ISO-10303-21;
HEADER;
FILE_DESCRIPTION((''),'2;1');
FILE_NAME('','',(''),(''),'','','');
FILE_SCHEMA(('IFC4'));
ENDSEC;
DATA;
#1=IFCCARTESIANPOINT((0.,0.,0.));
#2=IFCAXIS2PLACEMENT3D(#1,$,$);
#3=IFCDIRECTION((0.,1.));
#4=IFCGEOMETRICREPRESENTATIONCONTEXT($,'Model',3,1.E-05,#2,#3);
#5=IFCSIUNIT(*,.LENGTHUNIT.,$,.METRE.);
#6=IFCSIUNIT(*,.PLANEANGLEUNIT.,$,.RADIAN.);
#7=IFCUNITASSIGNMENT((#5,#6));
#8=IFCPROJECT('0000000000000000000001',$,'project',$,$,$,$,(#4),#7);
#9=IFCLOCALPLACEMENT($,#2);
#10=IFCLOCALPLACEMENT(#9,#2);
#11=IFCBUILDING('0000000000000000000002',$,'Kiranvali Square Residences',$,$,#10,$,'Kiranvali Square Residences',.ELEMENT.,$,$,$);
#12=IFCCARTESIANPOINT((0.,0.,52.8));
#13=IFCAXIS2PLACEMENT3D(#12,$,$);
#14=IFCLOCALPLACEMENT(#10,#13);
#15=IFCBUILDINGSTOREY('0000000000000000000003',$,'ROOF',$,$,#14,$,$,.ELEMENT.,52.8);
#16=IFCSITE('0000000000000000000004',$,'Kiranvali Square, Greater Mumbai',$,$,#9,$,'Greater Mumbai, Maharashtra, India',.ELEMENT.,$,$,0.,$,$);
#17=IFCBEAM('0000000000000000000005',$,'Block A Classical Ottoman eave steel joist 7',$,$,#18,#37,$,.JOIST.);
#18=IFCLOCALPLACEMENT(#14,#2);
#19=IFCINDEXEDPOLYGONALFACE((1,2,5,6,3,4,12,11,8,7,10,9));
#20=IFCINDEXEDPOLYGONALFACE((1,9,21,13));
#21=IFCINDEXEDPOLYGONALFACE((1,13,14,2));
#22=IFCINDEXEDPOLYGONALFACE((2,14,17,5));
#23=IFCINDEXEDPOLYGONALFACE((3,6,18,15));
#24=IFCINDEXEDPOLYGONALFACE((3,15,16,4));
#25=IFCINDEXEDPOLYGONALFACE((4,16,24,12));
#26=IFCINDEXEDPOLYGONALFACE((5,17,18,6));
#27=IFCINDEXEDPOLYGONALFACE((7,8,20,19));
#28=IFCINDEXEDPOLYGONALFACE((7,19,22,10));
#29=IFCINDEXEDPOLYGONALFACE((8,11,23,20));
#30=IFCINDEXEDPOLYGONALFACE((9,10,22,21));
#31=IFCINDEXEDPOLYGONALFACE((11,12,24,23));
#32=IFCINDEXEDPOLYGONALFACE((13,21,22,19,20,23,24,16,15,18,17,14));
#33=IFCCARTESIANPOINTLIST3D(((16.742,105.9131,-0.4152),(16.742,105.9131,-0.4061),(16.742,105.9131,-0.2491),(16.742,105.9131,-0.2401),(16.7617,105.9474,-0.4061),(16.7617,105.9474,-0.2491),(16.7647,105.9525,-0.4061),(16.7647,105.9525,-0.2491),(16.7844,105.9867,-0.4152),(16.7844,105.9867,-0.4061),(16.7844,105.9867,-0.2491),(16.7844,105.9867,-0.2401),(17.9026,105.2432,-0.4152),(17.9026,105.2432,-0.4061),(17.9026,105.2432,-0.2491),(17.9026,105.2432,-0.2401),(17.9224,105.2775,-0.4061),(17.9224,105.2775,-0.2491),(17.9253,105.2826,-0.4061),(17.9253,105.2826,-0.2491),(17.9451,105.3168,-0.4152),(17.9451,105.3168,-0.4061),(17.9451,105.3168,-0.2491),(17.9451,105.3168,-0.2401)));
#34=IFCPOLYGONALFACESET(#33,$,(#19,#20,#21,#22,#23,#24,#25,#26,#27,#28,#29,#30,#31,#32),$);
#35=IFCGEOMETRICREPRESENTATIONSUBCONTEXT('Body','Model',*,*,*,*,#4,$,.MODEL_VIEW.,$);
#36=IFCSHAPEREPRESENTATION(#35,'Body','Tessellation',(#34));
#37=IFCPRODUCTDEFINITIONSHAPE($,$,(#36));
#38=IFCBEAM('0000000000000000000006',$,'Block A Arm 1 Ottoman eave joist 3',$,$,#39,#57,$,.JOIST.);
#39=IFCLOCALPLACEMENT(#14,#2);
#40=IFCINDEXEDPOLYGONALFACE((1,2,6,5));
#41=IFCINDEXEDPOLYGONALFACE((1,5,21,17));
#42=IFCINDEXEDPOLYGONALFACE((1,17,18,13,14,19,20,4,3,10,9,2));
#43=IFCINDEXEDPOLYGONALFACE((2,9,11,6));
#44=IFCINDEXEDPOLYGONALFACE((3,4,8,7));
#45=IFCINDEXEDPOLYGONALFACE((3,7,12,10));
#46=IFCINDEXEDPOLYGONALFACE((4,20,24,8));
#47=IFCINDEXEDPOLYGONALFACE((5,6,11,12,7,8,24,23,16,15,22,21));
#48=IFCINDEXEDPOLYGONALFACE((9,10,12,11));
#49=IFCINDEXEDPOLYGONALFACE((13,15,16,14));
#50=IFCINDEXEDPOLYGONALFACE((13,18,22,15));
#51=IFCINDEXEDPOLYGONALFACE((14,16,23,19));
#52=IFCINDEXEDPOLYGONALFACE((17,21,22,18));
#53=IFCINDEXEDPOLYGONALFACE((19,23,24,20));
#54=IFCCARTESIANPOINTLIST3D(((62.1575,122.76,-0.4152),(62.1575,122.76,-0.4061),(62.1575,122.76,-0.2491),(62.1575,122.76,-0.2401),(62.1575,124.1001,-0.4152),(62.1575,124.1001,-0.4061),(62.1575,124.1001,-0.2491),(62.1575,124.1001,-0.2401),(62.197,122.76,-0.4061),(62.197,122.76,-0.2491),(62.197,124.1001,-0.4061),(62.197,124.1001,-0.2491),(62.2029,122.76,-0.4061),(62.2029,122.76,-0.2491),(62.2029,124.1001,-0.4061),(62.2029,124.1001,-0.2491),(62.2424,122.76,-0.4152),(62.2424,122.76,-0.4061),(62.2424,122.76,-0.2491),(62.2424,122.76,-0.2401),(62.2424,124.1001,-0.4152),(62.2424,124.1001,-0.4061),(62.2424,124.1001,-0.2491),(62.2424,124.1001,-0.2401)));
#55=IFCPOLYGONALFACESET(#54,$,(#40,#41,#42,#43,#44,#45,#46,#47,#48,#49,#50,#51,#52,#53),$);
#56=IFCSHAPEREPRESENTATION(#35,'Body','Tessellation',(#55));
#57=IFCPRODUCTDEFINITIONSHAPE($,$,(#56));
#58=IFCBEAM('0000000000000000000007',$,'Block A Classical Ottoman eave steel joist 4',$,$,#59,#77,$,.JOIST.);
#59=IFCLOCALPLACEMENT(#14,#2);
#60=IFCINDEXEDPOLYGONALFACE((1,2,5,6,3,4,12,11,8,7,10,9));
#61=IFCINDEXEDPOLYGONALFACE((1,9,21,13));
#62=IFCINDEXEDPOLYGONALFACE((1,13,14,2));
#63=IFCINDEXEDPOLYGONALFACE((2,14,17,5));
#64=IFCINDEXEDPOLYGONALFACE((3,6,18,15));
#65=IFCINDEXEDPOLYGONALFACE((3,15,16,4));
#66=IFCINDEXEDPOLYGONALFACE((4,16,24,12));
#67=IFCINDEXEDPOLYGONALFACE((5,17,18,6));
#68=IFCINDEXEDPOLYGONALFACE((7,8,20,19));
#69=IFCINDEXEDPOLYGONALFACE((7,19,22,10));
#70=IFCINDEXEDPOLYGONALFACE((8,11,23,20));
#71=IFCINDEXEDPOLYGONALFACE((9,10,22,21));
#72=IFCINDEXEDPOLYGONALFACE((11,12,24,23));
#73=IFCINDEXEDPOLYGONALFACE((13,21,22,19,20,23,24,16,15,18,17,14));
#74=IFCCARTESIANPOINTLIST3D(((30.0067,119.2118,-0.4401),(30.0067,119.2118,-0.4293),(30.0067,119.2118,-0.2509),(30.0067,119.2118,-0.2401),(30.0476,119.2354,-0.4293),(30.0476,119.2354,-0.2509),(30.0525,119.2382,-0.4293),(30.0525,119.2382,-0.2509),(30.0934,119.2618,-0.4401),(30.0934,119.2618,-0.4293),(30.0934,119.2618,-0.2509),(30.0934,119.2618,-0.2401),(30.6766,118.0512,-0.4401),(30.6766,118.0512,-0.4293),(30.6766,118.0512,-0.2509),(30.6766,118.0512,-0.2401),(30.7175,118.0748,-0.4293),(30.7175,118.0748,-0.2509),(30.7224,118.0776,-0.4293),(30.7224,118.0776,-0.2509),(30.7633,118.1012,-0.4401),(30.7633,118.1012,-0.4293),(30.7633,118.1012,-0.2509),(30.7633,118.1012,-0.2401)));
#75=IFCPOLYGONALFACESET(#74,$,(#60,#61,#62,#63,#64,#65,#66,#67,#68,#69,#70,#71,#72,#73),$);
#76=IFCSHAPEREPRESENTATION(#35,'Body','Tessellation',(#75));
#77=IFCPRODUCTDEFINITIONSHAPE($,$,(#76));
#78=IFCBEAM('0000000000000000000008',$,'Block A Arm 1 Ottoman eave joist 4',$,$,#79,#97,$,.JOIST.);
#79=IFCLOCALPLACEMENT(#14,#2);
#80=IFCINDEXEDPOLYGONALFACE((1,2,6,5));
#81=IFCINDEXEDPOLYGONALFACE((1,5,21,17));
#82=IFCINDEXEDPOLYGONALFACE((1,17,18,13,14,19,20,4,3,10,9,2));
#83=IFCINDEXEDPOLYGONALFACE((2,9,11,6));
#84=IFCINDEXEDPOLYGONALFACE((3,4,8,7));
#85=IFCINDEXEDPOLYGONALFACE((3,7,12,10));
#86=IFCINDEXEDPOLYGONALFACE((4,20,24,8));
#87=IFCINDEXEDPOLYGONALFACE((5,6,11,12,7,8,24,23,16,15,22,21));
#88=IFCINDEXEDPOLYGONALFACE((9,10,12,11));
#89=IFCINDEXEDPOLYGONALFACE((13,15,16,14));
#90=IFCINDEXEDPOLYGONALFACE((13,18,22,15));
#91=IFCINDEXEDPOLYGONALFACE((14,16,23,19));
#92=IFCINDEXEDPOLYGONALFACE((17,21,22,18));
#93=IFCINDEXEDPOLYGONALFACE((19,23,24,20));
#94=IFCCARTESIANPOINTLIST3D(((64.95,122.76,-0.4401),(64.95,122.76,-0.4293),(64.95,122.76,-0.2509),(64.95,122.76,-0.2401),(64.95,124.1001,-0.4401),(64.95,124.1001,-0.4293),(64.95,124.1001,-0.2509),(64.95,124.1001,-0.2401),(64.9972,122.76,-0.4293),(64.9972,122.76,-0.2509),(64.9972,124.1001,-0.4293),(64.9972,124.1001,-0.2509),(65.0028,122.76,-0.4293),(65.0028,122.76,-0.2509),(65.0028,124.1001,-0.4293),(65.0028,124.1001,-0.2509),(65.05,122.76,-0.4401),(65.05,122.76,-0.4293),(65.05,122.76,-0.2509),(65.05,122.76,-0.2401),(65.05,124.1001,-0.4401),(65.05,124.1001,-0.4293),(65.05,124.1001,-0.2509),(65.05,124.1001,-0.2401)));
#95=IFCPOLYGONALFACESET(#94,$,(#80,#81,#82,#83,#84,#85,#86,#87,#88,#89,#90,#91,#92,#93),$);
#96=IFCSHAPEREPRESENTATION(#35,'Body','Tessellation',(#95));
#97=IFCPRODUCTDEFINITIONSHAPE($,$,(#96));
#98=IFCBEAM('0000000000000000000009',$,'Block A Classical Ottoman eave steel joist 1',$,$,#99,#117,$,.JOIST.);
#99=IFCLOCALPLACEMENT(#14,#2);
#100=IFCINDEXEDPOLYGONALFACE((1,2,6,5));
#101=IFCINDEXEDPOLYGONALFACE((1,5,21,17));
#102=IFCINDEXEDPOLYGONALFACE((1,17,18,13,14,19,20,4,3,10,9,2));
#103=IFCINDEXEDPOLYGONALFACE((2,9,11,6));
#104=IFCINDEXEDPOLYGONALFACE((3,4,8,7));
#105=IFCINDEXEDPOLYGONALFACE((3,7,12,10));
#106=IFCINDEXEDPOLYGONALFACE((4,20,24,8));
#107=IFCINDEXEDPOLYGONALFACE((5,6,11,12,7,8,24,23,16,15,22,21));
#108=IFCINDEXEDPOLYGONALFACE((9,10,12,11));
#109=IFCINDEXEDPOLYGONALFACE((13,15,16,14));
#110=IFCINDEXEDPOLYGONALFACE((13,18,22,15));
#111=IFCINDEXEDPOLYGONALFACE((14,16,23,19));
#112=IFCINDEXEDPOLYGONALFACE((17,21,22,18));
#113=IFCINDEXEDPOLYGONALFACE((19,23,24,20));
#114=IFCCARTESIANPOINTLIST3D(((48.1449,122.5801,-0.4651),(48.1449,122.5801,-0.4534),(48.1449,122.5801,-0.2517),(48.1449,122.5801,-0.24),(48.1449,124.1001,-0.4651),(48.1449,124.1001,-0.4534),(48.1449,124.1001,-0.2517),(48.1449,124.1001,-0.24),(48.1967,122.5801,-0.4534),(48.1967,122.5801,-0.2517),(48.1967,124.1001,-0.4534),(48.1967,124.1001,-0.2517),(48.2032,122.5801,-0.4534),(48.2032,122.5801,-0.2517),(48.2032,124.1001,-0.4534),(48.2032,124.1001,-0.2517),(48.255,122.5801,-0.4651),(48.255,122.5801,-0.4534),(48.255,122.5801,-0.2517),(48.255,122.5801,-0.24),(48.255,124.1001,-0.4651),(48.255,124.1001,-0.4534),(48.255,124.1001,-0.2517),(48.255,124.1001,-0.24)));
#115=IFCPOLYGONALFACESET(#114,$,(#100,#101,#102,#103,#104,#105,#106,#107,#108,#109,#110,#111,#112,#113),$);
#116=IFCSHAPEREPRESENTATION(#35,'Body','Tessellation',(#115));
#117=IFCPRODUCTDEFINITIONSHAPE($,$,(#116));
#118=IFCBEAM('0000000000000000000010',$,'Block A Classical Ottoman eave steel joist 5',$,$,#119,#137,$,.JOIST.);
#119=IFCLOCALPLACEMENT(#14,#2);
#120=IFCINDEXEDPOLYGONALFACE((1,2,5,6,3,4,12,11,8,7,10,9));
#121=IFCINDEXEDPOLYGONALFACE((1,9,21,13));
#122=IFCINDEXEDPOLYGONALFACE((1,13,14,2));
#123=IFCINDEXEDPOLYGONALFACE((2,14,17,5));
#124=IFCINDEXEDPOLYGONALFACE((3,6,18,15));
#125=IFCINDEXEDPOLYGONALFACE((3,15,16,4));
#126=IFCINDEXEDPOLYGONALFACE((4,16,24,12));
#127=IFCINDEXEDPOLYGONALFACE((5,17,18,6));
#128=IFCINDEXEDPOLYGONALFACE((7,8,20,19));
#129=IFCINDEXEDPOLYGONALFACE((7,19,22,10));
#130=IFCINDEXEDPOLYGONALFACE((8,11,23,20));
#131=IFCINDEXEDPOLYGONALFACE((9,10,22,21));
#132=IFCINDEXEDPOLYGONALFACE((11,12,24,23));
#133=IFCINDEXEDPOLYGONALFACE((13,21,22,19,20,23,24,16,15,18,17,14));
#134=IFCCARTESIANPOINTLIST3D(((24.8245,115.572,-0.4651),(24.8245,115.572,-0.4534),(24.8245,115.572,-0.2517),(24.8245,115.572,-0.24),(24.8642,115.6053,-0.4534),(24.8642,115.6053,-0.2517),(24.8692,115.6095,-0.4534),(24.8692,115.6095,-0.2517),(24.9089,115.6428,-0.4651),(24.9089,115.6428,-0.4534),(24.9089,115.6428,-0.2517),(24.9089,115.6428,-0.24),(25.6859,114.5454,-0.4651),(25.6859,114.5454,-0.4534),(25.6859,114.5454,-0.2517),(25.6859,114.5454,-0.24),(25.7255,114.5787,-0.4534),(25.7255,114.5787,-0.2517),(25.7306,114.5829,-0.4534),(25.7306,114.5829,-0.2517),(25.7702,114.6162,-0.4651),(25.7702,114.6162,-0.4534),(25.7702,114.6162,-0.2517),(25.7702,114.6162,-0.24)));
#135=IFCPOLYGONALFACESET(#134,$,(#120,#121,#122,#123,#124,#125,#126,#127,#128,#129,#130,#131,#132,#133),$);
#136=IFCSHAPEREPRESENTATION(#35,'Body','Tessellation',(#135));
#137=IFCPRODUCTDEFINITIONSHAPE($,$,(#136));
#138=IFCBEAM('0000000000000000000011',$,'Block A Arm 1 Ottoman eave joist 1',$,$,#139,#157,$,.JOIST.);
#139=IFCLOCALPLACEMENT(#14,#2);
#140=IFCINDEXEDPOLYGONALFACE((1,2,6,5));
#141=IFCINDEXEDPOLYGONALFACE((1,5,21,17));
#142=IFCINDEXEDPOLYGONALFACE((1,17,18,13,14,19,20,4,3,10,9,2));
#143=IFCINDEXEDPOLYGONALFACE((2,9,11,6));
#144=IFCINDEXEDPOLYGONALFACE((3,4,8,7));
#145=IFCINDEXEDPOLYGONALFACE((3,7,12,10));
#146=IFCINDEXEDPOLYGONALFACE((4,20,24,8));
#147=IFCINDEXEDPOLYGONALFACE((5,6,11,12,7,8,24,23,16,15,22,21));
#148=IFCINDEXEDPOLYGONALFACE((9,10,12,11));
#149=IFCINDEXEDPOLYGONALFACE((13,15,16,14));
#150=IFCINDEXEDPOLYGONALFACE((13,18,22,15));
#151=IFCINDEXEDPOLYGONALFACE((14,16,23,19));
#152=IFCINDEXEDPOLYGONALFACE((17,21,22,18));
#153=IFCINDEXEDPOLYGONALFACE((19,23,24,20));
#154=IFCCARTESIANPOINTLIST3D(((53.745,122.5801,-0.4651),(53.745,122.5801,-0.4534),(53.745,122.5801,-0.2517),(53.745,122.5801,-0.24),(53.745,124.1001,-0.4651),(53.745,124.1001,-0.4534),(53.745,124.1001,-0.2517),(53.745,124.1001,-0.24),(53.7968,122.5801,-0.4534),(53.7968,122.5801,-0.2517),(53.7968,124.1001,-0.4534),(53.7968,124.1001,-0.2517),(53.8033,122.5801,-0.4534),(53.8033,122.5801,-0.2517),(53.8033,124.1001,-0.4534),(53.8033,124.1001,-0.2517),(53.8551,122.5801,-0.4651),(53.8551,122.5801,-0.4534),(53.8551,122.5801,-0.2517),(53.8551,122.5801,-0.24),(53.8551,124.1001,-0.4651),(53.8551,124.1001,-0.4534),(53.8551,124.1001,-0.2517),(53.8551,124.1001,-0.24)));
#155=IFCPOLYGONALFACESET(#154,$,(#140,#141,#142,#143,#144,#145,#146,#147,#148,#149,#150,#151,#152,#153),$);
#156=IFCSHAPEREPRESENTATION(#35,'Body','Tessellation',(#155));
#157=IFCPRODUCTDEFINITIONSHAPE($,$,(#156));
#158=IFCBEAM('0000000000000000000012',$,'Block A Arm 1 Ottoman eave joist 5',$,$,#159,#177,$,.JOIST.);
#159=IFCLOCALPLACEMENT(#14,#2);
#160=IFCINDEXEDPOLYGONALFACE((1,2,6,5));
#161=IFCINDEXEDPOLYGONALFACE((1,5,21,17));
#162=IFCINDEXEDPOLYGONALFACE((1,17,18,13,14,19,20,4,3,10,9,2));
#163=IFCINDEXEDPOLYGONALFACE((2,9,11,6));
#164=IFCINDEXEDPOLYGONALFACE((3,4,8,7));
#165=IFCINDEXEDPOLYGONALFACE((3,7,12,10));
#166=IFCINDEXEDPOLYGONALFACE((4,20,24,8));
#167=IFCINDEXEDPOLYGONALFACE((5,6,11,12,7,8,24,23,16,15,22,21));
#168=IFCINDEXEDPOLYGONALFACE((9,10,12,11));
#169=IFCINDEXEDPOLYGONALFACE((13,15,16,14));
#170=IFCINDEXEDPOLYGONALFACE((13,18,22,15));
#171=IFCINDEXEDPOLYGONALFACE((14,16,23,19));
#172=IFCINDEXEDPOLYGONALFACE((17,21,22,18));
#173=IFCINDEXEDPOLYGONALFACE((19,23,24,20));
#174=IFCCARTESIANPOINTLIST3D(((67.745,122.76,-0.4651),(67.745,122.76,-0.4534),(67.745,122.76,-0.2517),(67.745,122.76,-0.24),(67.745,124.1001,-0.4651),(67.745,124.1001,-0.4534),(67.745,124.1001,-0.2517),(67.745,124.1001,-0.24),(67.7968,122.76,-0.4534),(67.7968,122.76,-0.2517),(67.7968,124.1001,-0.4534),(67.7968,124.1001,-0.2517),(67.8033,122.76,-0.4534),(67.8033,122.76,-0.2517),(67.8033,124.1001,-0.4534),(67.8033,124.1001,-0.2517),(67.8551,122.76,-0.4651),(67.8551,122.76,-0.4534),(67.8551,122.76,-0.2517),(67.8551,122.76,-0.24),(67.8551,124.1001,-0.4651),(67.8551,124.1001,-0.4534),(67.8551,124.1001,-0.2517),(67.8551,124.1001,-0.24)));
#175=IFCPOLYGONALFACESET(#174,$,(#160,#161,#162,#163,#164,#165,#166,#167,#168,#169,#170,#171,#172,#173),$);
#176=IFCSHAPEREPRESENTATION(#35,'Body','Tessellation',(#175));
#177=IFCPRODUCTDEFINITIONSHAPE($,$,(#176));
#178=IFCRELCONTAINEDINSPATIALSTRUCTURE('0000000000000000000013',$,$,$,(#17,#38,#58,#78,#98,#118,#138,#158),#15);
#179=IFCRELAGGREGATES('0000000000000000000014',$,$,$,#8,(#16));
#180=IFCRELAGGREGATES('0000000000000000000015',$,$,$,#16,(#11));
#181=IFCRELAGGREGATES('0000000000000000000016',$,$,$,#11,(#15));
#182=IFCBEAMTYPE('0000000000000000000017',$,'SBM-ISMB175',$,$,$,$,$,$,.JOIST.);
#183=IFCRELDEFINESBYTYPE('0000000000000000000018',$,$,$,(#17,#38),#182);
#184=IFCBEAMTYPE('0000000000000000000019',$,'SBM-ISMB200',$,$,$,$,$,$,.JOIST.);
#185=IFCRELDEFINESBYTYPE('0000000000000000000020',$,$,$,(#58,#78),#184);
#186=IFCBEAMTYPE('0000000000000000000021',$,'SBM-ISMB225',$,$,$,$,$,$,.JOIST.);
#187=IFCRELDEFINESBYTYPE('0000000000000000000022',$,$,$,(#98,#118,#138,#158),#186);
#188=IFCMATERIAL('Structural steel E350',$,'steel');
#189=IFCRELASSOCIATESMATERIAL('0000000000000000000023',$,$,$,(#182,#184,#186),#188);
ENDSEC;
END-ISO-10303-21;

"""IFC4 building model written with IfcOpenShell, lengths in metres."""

from ifc_helpers import new_model, si_unit, direction, frame, origin, origin_2d, place, context, subcontext, project, spatial, i_section, extrude, material, material_profile, profile_set, type_object, element, save


model = new_model("IFC4")

# Units and contexts
model_context = context("Model", 3, precision=1e-05, world=origin(), true_north=direction((0.0, 1.0)))
body_context = subcontext(model_context, "Body", "Model", "MODEL_VIEW")
ifc_project = project(units=[si_unit("LENGTHUNIT", "METRE"), si_unit("PLANEANGLEUNIT", "RADIAN")], contexts=[model_context])

# Site, building, storey
site_placement = place(None, origin())
site = spatial("IfcSite", under=ifc_project, at=site_placement, Name="Kiranvali Square, Greater Mumbai", LongName="Greater Mumbai, Maharashtra, India", CompositionType="ELEMENT", RefElevation=0.0)
building_placement = place(site_placement, origin())
building = spatial("IfcBuilding", under=site, at=building_placement, Name="Kiranvali Square Residences", LongName="Kiranvali Square Residences", CompositionType="ELEMENT")
storey_placement = place(building_placement, frame((0.0, 0.0, 52.8)))
storey = spatial("IfcBuildingStorey", under=building, at=storey_placement, Name="ROOF", CompositionType="ELEMENT", Elevation=52.8)

# Shared definitions
ifc_material_1 = material(Name="Structural steel E350", Category="steel")

# Beams
ifc_material_profile_1 = material_profile(ifc_material_1, i_section(OverallWidth=0.085, OverallDepth=0.175, WebThickness=0.0059, FlangeThickness=0.009, at=origin_2d()), Name="ISMB 175")
ifc_profile_set_1 = profile_set([ifc_material_profile_1], Name="Structural steel E350")
beam_type_1 = type_object("IfcBeamType", Name="SBM-ISMB175", PredefinedType="JOIST", material=ifc_profile_set_1)
for number, where, z_axis, x_axis, name in (
    (1, (17.9238, 105.28, -0.3276), (-0.866082, 0.499901, 0.0), (-0.499901, -0.866082, 0.0), "Block A Classical Ottoman eave steel joist 7"),
    (2, (62.2, 122.76, -0.3276), (0.0, 1.0, 0.0), (-1.0, 0.0, 0.0), "Block A Arm 1 Ottoman eave joist 3"),
):
    element("IfcBeam", number, at=place(storey_placement, frame(where, z_axis=z_axis, x_axis=x_axis)), inside=storey, type_object=beam_type_1, Name=name, PredefinedType="JOIST", context=body_context, shape_type="SweptSolid", body=[
        extrude(i_section(OverallWidth=0.085, OverallDepth=0.175, WebThickness=0.0059, FlangeThickness=0.009, at=origin_2d()), origin(), (0.0, 0.0, 1.0), 1.3401),
    ])
ifc_material_profile_2 = material_profile(ifc_material_1, i_section(OverallWidth=0.1001, OverallDepth=0.2, WebThickness=0.0056, FlangeThickness=0.0107, at=origin_2d()), Name="ISMB 200")
ifc_profile_set_2 = profile_set([ifc_material_profile_2], Name="Structural steel E350")
beam_type_2 = type_object("IfcBeamType", Name="SBM-ISMB200", PredefinedType="JOIST", material=ifc_profile_set_2)
for number, where, z_axis, x_axis, name in (
    (3, (30.72, 118.0762, -0.3401), (-0.499901, 0.866082, 0.0), (-0.866082, -0.499901, 0.0), "Block A Classical Ottoman eave steel joist 4"),
    (4, (65.0, 122.76, -0.3401), (0.0, 1.0, 0.0), (-1.0, 0.0, 0.0), "Block A Arm 1 Ottoman eave joist 4"),
):
    element("IfcBeam", number, at=place(storey_placement, frame(where, z_axis=z_axis, x_axis=x_axis)), inside=storey, type_object=beam_type_2, Name=name, PredefinedType="JOIST", context=body_context, shape_type="SweptSolid", body=[
        extrude(i_section(OverallWidth=0.1001, OverallDepth=0.2, WebThickness=0.0056, FlangeThickness=0.0107, at=origin_2d()), origin(), (0.0, 0.0, 1.0), 1.3401),
    ])
ifc_material_profile_3 = material_profile(ifc_material_1, i_section(OverallWidth=0.1101, OverallDepth=0.2251, WebThickness=0.0066, FlangeThickness=0.0117, at=origin_2d()), Name="ISMB 225")
ifc_profile_set_3 = profile_set([ifc_material_profile_3], Name="Structural steel E350")
beam_type_3 = type_object("IfcBeamType", Name="SBM-ISMB225", PredefinedType="JOIST", material=ifc_profile_set_3)
beam_1_placement = place(storey_placement, frame((48.2, 122.5801, -0.3525), z_axis=(0.0, 1.0, 0.0), x_axis=(-1.0, 0.0, 0.0)))
element("IfcBeam", 5, at=beam_1_placement, inside=storey, type_object=beam_type_3, Name="Block A Classical Ottoman eave steel joist 1", PredefinedType="JOIST", context=body_context, shape_type="SweptSolid", body=[
    extrude(i_section(OverallWidth=0.1101, OverallDepth=0.2251, WebThickness=0.0066, FlangeThickness=0.0117, at=origin_2d()), origin(), (0.0, 0.0, 1.0), 1.52),
])
beam_2_placement = place(storey_placement, frame((25.728, 114.5808, -0.3525), z_axis=(-0.642743, 0.766082, 0.0), x_axis=(-0.766082, -0.642743, 0.0)))
element("IfcBeam", 6, at=beam_2_placement, inside=storey, type_object=beam_type_3, Name="Block A Classical Ottoman eave steel joist 5", PredefinedType="JOIST", context=body_context, shape_type="SweptSolid", body=[
    extrude(i_section(OverallWidth=0.1101, OverallDepth=0.2251, WebThickness=0.0066, FlangeThickness=0.0117, at=origin_2d()), origin(), (0.0, 0.0, 1.0), 1.3401),
])
beam_3_placement = place(storey_placement, frame((53.8, 122.5801, -0.3525), z_axis=(0.0, 1.0, 0.0), x_axis=(-1.0, 0.0, 0.0)))
element("IfcBeam", 7, at=beam_3_placement, inside=storey, type_object=beam_type_3, Name="Block A Arm 1 Ottoman eave joist 1", PredefinedType="JOIST", context=body_context, shape_type="SweptSolid", body=[
    extrude(i_section(OverallWidth=0.1101, OverallDepth=0.2251, WebThickness=0.0066, FlangeThickness=0.0117, at=origin_2d()), origin(), (0.0, 0.0, 1.0), 1.52),
])
beam_4_placement = place(storey_placement, frame((67.8, 122.76, -0.3525), z_axis=(0.0, 1.0, 0.0), x_axis=(-1.0, 0.0, 0.0)))
element("IfcBeam", 8, at=beam_4_placement, inside=storey, type_object=beam_type_3, Name="Block A Arm 1 Ottoman eave joist 5", PredefinedType="JOIST", context=body_context, shape_type="SweptSolid", body=[
    extrude(i_section(OverallWidth=0.1101, OverallDepth=0.2251, WebThickness=0.0066, FlangeThickness=0.0117, at=origin_2d()), origin(), (0.0, 0.0, 1.0), 1.3401),
])

save(model, "model.ifc")
